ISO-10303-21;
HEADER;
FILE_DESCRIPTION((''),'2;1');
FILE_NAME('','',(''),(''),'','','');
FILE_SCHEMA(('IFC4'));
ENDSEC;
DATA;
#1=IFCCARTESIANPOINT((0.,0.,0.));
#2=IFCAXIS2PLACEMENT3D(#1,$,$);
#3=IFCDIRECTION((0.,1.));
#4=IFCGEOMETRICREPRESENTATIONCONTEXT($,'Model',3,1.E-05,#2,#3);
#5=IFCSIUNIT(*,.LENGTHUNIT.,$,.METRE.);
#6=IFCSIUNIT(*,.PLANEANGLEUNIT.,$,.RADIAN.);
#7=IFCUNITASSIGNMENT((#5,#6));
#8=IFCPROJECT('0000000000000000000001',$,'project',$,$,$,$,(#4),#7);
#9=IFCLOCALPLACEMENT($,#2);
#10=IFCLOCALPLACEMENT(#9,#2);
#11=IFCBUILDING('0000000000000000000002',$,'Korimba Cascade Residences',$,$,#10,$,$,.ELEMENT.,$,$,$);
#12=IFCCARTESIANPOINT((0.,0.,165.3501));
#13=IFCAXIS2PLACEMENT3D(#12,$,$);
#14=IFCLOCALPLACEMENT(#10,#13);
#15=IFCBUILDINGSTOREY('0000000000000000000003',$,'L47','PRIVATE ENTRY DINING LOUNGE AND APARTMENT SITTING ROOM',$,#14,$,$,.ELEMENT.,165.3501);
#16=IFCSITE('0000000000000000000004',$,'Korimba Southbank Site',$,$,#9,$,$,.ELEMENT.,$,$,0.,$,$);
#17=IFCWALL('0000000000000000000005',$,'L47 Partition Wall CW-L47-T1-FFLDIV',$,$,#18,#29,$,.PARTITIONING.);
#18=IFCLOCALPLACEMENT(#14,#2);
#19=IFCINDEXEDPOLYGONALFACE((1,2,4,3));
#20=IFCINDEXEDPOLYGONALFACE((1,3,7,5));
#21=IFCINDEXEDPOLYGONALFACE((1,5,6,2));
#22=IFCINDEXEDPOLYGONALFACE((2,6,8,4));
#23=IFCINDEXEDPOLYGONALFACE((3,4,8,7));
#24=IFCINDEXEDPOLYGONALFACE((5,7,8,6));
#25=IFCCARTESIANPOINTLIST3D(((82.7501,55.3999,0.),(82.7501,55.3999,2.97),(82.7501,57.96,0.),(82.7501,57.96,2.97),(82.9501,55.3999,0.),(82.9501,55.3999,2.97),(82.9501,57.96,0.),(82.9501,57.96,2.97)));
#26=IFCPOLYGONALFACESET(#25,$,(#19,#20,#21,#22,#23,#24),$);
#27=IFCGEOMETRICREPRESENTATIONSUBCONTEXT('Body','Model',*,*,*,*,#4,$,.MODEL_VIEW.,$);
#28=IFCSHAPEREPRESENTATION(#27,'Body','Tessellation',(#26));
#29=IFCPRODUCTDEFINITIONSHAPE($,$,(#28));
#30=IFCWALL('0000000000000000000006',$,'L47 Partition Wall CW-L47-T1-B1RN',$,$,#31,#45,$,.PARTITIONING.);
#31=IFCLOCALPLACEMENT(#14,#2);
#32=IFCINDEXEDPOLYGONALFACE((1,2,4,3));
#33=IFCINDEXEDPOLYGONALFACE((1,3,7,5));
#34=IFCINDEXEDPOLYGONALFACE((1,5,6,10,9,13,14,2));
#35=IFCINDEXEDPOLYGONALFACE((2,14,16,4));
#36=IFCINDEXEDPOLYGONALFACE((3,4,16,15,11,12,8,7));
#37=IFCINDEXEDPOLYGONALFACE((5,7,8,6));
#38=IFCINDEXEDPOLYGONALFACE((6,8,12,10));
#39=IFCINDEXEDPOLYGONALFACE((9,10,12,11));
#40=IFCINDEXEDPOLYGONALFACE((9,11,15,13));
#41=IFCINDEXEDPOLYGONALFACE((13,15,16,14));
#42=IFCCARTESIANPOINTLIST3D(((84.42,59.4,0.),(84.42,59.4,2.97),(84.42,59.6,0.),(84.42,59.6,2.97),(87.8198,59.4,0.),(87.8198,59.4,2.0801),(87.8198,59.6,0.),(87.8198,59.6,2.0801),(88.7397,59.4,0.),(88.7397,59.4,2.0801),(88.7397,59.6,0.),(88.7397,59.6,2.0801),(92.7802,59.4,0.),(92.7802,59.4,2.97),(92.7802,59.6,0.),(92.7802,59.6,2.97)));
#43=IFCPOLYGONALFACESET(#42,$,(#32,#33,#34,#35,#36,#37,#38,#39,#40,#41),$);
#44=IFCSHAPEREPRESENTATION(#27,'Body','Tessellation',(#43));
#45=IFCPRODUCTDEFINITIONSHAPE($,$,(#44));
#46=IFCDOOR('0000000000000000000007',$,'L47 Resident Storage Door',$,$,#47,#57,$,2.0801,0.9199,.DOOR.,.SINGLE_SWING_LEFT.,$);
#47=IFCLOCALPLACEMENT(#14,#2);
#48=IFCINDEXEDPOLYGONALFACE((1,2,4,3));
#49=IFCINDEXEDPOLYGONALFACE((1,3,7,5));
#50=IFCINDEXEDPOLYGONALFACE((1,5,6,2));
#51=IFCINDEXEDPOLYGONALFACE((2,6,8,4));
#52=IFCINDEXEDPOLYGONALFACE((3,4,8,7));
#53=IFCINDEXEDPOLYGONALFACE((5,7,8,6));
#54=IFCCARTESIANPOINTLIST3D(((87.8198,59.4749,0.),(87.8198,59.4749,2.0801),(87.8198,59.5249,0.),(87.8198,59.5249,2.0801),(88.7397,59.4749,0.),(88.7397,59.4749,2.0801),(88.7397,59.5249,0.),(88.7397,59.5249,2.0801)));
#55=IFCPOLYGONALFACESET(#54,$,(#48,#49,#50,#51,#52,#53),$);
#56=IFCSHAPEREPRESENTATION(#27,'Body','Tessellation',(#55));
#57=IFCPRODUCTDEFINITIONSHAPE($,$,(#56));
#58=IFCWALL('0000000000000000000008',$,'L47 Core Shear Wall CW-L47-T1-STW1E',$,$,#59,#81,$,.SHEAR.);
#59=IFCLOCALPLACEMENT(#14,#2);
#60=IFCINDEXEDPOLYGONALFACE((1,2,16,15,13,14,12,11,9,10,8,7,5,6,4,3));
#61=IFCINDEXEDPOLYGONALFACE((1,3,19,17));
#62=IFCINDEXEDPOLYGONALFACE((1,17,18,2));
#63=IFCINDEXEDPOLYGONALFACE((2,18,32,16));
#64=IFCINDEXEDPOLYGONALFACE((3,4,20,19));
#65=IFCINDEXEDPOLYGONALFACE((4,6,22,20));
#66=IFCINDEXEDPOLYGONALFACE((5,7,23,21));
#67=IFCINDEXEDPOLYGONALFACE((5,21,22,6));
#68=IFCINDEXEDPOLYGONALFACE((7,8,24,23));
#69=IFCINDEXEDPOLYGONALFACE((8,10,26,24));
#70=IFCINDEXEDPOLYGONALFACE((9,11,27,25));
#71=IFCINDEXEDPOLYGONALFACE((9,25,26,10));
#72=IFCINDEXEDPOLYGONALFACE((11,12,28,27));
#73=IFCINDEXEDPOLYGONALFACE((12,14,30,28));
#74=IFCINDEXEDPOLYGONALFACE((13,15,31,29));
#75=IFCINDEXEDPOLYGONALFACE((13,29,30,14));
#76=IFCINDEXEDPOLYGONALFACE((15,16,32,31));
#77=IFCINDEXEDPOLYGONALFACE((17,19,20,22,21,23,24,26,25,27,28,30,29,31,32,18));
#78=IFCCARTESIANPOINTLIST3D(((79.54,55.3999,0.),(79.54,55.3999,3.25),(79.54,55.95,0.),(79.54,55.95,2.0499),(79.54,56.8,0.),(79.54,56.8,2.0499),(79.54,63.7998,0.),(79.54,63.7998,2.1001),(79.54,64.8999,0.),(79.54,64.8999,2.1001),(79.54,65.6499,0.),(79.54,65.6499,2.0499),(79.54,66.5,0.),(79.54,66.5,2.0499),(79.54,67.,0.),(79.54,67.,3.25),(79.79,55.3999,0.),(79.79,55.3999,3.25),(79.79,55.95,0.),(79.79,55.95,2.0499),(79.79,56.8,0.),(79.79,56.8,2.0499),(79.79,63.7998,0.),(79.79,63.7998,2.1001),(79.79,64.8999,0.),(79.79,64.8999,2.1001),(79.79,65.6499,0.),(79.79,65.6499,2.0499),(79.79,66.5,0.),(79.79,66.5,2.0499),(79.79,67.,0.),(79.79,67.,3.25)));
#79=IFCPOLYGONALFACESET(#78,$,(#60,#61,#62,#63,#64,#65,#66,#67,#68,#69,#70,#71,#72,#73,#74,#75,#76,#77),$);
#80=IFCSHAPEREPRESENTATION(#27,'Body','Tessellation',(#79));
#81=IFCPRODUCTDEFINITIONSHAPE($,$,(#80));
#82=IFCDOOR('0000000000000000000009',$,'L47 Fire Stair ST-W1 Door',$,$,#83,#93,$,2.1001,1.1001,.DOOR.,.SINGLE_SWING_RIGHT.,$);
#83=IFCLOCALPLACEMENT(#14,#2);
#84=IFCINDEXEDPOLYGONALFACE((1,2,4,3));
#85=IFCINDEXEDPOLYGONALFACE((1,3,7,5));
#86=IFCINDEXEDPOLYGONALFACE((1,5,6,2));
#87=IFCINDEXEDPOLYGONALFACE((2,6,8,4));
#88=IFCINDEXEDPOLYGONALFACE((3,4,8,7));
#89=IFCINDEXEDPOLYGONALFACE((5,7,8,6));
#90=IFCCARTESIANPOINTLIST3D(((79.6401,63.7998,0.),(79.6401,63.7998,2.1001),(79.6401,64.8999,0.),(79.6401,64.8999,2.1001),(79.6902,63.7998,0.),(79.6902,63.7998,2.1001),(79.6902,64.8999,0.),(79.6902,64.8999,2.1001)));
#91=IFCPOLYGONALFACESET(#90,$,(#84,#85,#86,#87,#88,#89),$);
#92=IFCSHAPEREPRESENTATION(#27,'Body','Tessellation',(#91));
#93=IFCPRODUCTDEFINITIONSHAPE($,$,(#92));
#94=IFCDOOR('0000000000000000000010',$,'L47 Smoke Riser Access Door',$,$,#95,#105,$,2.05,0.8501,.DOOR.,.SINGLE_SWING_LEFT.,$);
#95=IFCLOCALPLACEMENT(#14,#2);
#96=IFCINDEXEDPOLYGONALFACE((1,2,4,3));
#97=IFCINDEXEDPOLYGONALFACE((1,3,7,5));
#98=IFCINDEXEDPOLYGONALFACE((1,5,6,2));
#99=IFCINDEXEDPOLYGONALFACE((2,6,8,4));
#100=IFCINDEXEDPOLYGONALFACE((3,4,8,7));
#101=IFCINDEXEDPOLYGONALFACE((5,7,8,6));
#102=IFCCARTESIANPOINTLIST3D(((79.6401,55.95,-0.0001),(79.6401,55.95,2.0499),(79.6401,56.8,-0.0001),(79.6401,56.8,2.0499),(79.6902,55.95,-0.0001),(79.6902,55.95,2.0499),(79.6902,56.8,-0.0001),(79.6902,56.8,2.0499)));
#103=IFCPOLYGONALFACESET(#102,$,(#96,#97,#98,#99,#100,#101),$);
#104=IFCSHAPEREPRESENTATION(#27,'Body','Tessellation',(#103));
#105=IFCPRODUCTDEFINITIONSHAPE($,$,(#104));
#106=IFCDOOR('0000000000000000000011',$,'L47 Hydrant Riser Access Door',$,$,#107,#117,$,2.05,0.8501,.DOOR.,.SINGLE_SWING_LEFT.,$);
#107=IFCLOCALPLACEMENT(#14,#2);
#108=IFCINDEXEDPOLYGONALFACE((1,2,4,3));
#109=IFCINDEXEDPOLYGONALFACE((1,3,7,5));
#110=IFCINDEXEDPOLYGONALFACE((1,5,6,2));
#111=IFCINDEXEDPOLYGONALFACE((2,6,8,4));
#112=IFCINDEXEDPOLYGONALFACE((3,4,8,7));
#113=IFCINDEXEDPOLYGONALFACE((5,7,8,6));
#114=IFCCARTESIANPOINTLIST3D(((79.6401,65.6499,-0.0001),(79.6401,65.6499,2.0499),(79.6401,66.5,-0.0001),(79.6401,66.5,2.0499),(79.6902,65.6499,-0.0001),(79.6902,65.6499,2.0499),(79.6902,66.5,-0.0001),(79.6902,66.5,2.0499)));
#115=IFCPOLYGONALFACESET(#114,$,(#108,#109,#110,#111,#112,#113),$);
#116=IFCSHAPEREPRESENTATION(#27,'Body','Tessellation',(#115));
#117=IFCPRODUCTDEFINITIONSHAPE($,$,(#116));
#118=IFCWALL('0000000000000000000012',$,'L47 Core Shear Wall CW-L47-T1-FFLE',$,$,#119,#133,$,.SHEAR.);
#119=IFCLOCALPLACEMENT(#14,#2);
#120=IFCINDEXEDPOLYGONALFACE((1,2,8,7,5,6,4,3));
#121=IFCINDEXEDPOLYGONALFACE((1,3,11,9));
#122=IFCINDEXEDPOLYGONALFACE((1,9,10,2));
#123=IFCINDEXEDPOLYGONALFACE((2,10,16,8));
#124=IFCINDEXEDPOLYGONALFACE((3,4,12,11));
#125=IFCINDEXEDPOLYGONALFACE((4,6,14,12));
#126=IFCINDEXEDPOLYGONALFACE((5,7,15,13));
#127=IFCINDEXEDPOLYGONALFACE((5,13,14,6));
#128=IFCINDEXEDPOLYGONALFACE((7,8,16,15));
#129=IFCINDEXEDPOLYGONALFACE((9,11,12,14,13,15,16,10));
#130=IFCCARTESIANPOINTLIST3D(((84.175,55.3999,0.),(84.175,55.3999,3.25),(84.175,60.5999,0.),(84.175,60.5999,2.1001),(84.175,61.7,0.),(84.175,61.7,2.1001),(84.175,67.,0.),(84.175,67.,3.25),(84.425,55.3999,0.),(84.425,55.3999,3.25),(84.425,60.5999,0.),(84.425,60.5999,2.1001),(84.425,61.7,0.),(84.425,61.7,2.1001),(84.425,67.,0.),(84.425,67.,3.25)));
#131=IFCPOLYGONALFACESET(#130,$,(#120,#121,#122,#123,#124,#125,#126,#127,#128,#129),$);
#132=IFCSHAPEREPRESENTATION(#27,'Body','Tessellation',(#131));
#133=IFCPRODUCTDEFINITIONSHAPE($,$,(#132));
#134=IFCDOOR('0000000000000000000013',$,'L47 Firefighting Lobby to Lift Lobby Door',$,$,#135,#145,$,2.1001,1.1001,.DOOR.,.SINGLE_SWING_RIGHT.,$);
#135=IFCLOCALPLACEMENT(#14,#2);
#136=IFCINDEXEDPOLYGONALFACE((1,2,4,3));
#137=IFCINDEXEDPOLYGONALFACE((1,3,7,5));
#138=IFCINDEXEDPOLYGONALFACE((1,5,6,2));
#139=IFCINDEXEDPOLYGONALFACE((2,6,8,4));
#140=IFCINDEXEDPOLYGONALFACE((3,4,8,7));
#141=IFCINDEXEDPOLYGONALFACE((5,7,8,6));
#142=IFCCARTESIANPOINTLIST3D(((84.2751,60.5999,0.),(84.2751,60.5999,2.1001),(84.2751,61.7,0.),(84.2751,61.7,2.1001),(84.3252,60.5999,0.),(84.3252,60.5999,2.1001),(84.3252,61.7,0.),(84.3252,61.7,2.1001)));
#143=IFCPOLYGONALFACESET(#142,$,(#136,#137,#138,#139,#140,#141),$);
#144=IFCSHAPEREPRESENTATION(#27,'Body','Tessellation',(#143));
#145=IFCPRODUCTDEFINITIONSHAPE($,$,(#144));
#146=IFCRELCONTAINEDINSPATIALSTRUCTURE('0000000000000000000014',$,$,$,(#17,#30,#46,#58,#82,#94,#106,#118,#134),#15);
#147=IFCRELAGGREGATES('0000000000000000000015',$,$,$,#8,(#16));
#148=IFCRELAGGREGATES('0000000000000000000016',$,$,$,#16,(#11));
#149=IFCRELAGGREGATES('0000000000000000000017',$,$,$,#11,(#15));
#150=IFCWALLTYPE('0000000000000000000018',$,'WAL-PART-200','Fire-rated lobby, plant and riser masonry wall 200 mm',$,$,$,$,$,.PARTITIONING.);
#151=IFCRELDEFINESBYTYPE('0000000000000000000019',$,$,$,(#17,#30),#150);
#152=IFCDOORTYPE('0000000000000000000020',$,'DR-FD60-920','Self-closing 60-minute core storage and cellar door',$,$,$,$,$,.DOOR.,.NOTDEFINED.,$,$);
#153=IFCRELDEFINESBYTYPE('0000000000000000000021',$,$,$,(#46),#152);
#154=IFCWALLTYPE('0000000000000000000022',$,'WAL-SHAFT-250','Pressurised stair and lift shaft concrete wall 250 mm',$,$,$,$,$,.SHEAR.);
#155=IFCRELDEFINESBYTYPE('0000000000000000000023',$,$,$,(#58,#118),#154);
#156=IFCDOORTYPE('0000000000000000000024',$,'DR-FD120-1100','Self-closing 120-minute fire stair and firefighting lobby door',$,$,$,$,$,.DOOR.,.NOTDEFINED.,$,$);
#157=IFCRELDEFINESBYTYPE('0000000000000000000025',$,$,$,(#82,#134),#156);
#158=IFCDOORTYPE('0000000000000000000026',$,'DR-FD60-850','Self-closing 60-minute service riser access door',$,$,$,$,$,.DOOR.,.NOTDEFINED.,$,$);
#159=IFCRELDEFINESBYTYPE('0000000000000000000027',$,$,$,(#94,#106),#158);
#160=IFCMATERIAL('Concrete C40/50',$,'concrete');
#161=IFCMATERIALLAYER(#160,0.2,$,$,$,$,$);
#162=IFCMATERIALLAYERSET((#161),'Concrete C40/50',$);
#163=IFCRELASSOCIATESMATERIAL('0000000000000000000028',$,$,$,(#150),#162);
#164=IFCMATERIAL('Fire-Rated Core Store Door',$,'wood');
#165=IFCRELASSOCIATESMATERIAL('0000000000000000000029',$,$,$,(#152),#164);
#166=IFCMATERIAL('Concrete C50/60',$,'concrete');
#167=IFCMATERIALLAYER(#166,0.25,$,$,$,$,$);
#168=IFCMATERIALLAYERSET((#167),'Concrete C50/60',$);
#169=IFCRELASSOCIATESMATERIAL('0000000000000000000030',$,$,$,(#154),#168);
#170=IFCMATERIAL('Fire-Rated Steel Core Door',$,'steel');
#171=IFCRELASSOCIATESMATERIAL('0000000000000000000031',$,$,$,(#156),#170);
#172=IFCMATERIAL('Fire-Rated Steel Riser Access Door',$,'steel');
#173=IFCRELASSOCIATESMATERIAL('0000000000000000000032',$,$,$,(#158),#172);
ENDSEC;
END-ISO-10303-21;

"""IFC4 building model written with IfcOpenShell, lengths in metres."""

from ifc_helpers import new_model, si_unit, direction, frame, frame_2d, origin, place, context, subcontext, project, spatial, rectangle, extrude, material, layer, layer_set, type_object, element, fill, save


model = new_model("IFC4")

# Units and contexts
model_context = context("Model", 3, precision=1e-05, world=origin(), true_north=direction((0.0, 1.0)))
body_context = subcontext(model_context, "Body", "Model", "MODEL_VIEW")
ifc_project = project(units=[si_unit("LENGTHUNIT", "METRE"), si_unit("PLANEANGLEUNIT", "RADIAN")], contexts=[model_context])

# Site, building, storey
site_placement = place(None, origin())
site = spatial("IfcSite", under=ifc_project, at=site_placement, Name="Korimba Southbank Site", CompositionType="ELEMENT", RefElevation=0.0)
building_placement = place(site_placement, origin())
building = spatial("IfcBuilding", under=site, at=building_placement, Name="Korimba Cascade Residences", CompositionType="ELEMENT")
storey_placement = place(building_placement, frame((0.0, 0.0, 165.3501)))
storey = spatial("IfcBuildingStorey", under=building, at=storey_placement, Name="L47", Description="PRIVATE ENTRY DINING LOUNGE AND APARTMENT SITTING ROOM", CompositionType="ELEMENT", Elevation=165.3501)

# Wall
ifc_material_1 = material(Name="Concrete C40/50", Category="concrete")
ifc_layer_1 = layer(ifc_material_1, 0.2)
ifc_layer_set_1 = layer_set([ifc_layer_1], Name="Concrete C40/50")
wall_type_1 = type_object("IfcWallType", Name="WAL-PART-200", Description="Fire-rated lobby, plant and riser masonry wall 200 mm", PredefinedType="PARTITIONING", material=ifc_layer_set_1)
wall_1_placement = place(storey_placement, frame((82.8501, 55.3999, 0.0), z_axis=(0.0, 0.0, 1.0), x_axis=(0.0, 1.0, 0.0)))
element("IfcWall", 1, at=wall_1_placement, inside=storey, type_object=wall_type_1, Name="L47 Partition Wall CW-L47-T1-FFLDIV", PredefinedType="PARTITIONING", context=body_context, shape_type="SweptSolid", body=[
    extrude(rectangle(XDim=2.5601, YDim=0.2, at=frame_2d((1.28, 0.0))), origin(), (0.0, 0.0, 1.0), 2.97),
])

# Wall, opening, door
wall_2_placement = place(storey_placement, frame((84.4199, 59.5, 0.0), z_axis=(0.0, 0.0, 1.0), x_axis=(1.0, 0.0, 0.0)))
wall_2 = element("IfcWall", 2, at=wall_2_placement, inside=storey, type_object=wall_type_1, Name="L47 Partition Wall CW-L47-T1-B1RN", PredefinedType="PARTITIONING", context=body_context, shape_type="SweptSolid", body=[
    extrude(rectangle(XDim=8.3601, YDim=0.2, at=frame_2d((4.1802, 0.0))), origin(), (0.0, 0.0, 1.0), 2.97),
])
opening_1_placement = place(wall_2_placement, frame((3.3999, 0.0, 0.0)))
opening_1 = element("IfcOpeningElement", 3, at=opening_1_placement, cuts=wall_2, PredefinedType="OPENING", context=body_context, shape_type="SweptSolid", body=[
    extrude(rectangle(XDim=0.9199, YDim=2.0801, at=frame_2d((0.46, 1.04))), frame((0.0, 0.1099, 0.0), z_axis=(0.0, -1.0, 0.0), x_axis=(1.0, 0.0, 0.0)), (0.0, 0.0, 1.0), 0.22),
])
ifc_material_2 = material(Name="Fire-Rated Core Store Door", Category="wood")
door_type_1 = type_object("IfcDoorType", Name="DR-FD60-920", Description="Self-closing 60-minute core storage and cellar door", OperationType="NOTDEFINED", PredefinedType="DOOR", material=ifc_material_2)
door_1_placement = place(opening_1_placement, origin())
door_1 = element("IfcDoor", 4, at=door_1_placement, inside=storey, type_object=door_type_1, Name="L47 Resident Storage Door", OperationType="SINGLE_SWING_LEFT", OverallHeight=2.0801, OverallWidth=0.9199, PredefinedType="DOOR", context=body_context, shape_type="SweptSolid", body=[
    extrude(rectangle(XDim=0.9199, YDim=2.0801, at=frame_2d((0.46, 1.04))), frame((0.0, 0.0249, 0.0), z_axis=(0.0, -1.0, 0.0), x_axis=(1.0, 0.0, 0.0)), (0.0, 0.0, 1.0), 0.05),
])
fill(opening_1, door_1)

# Wall, openings, doors
ifc_material_3 = material(Name="Concrete C50/60", Category="concrete")
ifc_layer_2 = layer(ifc_material_3, 0.25)
ifc_layer_set_2 = layer_set([ifc_layer_2], Name="Concrete C50/60")
wall_type_2 = type_object("IfcWallType", Name="WAL-SHAFT-250", Description="Pressurised stair and lift shaft concrete wall 250 mm", PredefinedType="SHEAR", material=ifc_layer_set_2)
wall_3_placement = place(storey_placement, frame((79.665, 55.3999, 0.0), z_axis=(0.0, 0.0, 1.0), x_axis=(0.0, 1.0, 0.0)))
wall_3 = element("IfcWall", 5, at=wall_3_placement, inside=storey, type_object=wall_type_2, Name="L47 Core Shear Wall CW-L47-T1-STW1E", PredefinedType="SHEAR", context=body_context, shape_type="SweptSolid", body=[
    extrude(rectangle(XDim=11.6001, YDim=0.25, at=frame_2d((5.8, 0.0))), origin(), (0.0, 0.0, 1.0), 3.25),
])
opening_2_placement = place(wall_3_placement, frame((0.55, 0.0, 0.0)))
opening_2 = element("IfcOpeningElement", 6, at=opening_2_placement, cuts=wall_3, PredefinedType="OPENING", context=body_context, shape_type="SweptSolid", body=[
    extrude(rectangle(XDim=0.8501, YDim=2.05, at=frame_2d((0.425, 1.0249))), frame((0.0, 0.135, 0.0), z_axis=(0.0, -1.0, 0.0), x_axis=(1.0, 0.0, 0.0)), (0.0, 0.0, 1.0), 0.27),
])
opening_3_placement = place(wall_3_placement, frame((8.3999, 0.0, 0.0)))
opening_3 = element("IfcOpeningElement", 7, at=opening_3_placement, cuts=wall_3, PredefinedType="OPENING", context=body_context, shape_type="SweptSolid", body=[
    extrude(rectangle(XDim=1.1001, YDim=2.1001, at=frame_2d((0.55, 1.05))), frame((0.0, 0.135, 0.0), z_axis=(0.0, -1.0, 0.0), x_axis=(1.0, 0.0, 0.0)), (0.0, 0.0, 1.0), 0.27),
])
opening_4_placement = place(wall_3_placement, frame((10.25, 0.0, 0.0)))
opening_4 = element("IfcOpeningElement", 8, at=opening_4_placement, cuts=wall_3, PredefinedType="OPENING", context=body_context, shape_type="SweptSolid", body=[
    extrude(rectangle(XDim=0.8501, YDim=2.05, at=frame_2d((0.425, 1.0249))), frame((0.0, 0.135, 0.0), z_axis=(0.0, -1.0, 0.0), x_axis=(1.0, 0.0, 0.0)), (0.0, 0.0, 1.0), 0.27),
])
ifc_material_4 = material(Name="Fire-Rated Steel Core Door", Category="steel")
door_type_2 = type_object("IfcDoorType", Name="DR-FD120-1100", Description="Self-closing 120-minute fire stair and firefighting lobby door", OperationType="NOTDEFINED", PredefinedType="DOOR", material=ifc_material_4)
door_2_placement = place(opening_3_placement, origin())
door_2 = element("IfcDoor", 9, at=door_2_placement, inside=storey, type_object=door_type_2, Name="L47 Fire Stair ST-W1 Door", OperationType="SINGLE_SWING_RIGHT", OverallHeight=2.1001, OverallWidth=1.1001, PredefinedType="DOOR", context=body_context, shape_type="SweptSolid", body=[
    extrude(rectangle(XDim=1.1001, YDim=2.1001, at=frame_2d((0.55, 1.05))), frame((0.0, 0.0249, 0.0), z_axis=(0.0, -1.0, 0.0), x_axis=(1.0, 0.0, 0.0)), (0.0, 0.0, 1.0), 0.05),
])
fill(opening_3, door_2)
ifc_material_5 = material(Name="Fire-Rated Steel Riser Access Door", Category="steel")
door_type_3 = type_object("IfcDoorType", Name="DR-FD60-850", Description="Self-closing 60-minute service riser access door", OperationType="NOTDEFINED", PredefinedType="DOOR", material=ifc_material_5)
door_3_placement = place(opening_2_placement, origin())
door_3 = element("IfcDoor", 10, at=door_3_placement, inside=storey, type_object=door_type_3, Name="L47 Smoke Riser Access Door", OperationType="SINGLE_SWING_LEFT", OverallHeight=2.05, OverallWidth=0.8501, PredefinedType="DOOR", context=body_context, shape_type="SweptSolid", body=[
    extrude(rectangle(XDim=0.8501, YDim=2.05, at=frame_2d((0.425, 1.0249))), frame((0.0, 0.0249, 0.0), z_axis=(0.0, -1.0, 0.0), x_axis=(1.0, 0.0, 0.0)), (0.0, 0.0, 1.0), 0.05),
])
fill(opening_2, door_3)
door_4_placement = place(opening_4_placement, origin())
door_4 = element("IfcDoor", 11, at=door_4_placement, inside=storey, type_object=door_type_3, Name="L47 Hydrant Riser Access Door", OperationType="SINGLE_SWING_LEFT", OverallHeight=2.05, OverallWidth=0.8501, PredefinedType="DOOR", context=body_context, shape_type="SweptSolid", body=[
    extrude(rectangle(XDim=0.8501, YDim=2.05, at=frame_2d((0.425, 1.0249))), frame((0.0, 0.0249, 0.0), z_axis=(0.0, -1.0, 0.0), x_axis=(1.0, 0.0, 0.0)), (0.0, 0.0, 1.0), 0.05),
])
fill(opening_4, door_4)

# Wall, opening, door
wall_4_placement = place(storey_placement, frame((84.3, 55.3999, 0.0), z_axis=(0.0, 0.0, 1.0), x_axis=(0.0, 1.0, 0.0)))
wall_4 = element("IfcWall", 12, at=wall_4_placement, inside=storey, type_object=wall_type_2, Name="L47 Core Shear Wall CW-L47-T1-FFLE", PredefinedType="SHEAR", context=body_context, shape_type="SweptSolid", body=[
    extrude(rectangle(XDim=11.6001, YDim=0.25, at=frame_2d((5.8, 0.0))), origin(), (0.0, 0.0, 1.0), 3.25),
])
opening_5_placement = place(wall_4_placement, frame((5.2, 0.0, 0.0)))
opening_5 = element("IfcOpeningElement", 13, at=opening_5_placement, cuts=wall_4, PredefinedType="OPENING", context=body_context, shape_type="SweptSolid", body=[
    extrude(rectangle(XDim=1.1001, YDim=2.1001, at=frame_2d((0.55, 1.05))), frame((0.0, 0.135, 0.0), z_axis=(0.0, -1.0, 0.0), x_axis=(1.0, 0.0, 0.0)), (0.0, 0.0, 1.0), 0.27),
])
door_5_placement = place(opening_5_placement, origin())
door_5 = element("IfcDoor", 14, at=door_5_placement, inside=storey, type_object=door_type_2, Name="L47 Firefighting Lobby to Lift Lobby Door", OperationType="SINGLE_SWING_RIGHT", OverallHeight=2.1001, OverallWidth=1.1001, PredefinedType="DOOR", context=body_context, shape_type="SweptSolid", body=[
    extrude(rectangle(XDim=1.1001, YDim=2.1001, at=frame_2d((0.55, 1.05))), frame((0.0, 0.0249, 0.0), z_axis=(0.0, -1.0, 0.0), x_axis=(1.0, 0.0, 0.0)), (0.0, 0.0, 1.0), 0.05),
])
fill(opening_5, door_5)

save(model, "model.ifc")
